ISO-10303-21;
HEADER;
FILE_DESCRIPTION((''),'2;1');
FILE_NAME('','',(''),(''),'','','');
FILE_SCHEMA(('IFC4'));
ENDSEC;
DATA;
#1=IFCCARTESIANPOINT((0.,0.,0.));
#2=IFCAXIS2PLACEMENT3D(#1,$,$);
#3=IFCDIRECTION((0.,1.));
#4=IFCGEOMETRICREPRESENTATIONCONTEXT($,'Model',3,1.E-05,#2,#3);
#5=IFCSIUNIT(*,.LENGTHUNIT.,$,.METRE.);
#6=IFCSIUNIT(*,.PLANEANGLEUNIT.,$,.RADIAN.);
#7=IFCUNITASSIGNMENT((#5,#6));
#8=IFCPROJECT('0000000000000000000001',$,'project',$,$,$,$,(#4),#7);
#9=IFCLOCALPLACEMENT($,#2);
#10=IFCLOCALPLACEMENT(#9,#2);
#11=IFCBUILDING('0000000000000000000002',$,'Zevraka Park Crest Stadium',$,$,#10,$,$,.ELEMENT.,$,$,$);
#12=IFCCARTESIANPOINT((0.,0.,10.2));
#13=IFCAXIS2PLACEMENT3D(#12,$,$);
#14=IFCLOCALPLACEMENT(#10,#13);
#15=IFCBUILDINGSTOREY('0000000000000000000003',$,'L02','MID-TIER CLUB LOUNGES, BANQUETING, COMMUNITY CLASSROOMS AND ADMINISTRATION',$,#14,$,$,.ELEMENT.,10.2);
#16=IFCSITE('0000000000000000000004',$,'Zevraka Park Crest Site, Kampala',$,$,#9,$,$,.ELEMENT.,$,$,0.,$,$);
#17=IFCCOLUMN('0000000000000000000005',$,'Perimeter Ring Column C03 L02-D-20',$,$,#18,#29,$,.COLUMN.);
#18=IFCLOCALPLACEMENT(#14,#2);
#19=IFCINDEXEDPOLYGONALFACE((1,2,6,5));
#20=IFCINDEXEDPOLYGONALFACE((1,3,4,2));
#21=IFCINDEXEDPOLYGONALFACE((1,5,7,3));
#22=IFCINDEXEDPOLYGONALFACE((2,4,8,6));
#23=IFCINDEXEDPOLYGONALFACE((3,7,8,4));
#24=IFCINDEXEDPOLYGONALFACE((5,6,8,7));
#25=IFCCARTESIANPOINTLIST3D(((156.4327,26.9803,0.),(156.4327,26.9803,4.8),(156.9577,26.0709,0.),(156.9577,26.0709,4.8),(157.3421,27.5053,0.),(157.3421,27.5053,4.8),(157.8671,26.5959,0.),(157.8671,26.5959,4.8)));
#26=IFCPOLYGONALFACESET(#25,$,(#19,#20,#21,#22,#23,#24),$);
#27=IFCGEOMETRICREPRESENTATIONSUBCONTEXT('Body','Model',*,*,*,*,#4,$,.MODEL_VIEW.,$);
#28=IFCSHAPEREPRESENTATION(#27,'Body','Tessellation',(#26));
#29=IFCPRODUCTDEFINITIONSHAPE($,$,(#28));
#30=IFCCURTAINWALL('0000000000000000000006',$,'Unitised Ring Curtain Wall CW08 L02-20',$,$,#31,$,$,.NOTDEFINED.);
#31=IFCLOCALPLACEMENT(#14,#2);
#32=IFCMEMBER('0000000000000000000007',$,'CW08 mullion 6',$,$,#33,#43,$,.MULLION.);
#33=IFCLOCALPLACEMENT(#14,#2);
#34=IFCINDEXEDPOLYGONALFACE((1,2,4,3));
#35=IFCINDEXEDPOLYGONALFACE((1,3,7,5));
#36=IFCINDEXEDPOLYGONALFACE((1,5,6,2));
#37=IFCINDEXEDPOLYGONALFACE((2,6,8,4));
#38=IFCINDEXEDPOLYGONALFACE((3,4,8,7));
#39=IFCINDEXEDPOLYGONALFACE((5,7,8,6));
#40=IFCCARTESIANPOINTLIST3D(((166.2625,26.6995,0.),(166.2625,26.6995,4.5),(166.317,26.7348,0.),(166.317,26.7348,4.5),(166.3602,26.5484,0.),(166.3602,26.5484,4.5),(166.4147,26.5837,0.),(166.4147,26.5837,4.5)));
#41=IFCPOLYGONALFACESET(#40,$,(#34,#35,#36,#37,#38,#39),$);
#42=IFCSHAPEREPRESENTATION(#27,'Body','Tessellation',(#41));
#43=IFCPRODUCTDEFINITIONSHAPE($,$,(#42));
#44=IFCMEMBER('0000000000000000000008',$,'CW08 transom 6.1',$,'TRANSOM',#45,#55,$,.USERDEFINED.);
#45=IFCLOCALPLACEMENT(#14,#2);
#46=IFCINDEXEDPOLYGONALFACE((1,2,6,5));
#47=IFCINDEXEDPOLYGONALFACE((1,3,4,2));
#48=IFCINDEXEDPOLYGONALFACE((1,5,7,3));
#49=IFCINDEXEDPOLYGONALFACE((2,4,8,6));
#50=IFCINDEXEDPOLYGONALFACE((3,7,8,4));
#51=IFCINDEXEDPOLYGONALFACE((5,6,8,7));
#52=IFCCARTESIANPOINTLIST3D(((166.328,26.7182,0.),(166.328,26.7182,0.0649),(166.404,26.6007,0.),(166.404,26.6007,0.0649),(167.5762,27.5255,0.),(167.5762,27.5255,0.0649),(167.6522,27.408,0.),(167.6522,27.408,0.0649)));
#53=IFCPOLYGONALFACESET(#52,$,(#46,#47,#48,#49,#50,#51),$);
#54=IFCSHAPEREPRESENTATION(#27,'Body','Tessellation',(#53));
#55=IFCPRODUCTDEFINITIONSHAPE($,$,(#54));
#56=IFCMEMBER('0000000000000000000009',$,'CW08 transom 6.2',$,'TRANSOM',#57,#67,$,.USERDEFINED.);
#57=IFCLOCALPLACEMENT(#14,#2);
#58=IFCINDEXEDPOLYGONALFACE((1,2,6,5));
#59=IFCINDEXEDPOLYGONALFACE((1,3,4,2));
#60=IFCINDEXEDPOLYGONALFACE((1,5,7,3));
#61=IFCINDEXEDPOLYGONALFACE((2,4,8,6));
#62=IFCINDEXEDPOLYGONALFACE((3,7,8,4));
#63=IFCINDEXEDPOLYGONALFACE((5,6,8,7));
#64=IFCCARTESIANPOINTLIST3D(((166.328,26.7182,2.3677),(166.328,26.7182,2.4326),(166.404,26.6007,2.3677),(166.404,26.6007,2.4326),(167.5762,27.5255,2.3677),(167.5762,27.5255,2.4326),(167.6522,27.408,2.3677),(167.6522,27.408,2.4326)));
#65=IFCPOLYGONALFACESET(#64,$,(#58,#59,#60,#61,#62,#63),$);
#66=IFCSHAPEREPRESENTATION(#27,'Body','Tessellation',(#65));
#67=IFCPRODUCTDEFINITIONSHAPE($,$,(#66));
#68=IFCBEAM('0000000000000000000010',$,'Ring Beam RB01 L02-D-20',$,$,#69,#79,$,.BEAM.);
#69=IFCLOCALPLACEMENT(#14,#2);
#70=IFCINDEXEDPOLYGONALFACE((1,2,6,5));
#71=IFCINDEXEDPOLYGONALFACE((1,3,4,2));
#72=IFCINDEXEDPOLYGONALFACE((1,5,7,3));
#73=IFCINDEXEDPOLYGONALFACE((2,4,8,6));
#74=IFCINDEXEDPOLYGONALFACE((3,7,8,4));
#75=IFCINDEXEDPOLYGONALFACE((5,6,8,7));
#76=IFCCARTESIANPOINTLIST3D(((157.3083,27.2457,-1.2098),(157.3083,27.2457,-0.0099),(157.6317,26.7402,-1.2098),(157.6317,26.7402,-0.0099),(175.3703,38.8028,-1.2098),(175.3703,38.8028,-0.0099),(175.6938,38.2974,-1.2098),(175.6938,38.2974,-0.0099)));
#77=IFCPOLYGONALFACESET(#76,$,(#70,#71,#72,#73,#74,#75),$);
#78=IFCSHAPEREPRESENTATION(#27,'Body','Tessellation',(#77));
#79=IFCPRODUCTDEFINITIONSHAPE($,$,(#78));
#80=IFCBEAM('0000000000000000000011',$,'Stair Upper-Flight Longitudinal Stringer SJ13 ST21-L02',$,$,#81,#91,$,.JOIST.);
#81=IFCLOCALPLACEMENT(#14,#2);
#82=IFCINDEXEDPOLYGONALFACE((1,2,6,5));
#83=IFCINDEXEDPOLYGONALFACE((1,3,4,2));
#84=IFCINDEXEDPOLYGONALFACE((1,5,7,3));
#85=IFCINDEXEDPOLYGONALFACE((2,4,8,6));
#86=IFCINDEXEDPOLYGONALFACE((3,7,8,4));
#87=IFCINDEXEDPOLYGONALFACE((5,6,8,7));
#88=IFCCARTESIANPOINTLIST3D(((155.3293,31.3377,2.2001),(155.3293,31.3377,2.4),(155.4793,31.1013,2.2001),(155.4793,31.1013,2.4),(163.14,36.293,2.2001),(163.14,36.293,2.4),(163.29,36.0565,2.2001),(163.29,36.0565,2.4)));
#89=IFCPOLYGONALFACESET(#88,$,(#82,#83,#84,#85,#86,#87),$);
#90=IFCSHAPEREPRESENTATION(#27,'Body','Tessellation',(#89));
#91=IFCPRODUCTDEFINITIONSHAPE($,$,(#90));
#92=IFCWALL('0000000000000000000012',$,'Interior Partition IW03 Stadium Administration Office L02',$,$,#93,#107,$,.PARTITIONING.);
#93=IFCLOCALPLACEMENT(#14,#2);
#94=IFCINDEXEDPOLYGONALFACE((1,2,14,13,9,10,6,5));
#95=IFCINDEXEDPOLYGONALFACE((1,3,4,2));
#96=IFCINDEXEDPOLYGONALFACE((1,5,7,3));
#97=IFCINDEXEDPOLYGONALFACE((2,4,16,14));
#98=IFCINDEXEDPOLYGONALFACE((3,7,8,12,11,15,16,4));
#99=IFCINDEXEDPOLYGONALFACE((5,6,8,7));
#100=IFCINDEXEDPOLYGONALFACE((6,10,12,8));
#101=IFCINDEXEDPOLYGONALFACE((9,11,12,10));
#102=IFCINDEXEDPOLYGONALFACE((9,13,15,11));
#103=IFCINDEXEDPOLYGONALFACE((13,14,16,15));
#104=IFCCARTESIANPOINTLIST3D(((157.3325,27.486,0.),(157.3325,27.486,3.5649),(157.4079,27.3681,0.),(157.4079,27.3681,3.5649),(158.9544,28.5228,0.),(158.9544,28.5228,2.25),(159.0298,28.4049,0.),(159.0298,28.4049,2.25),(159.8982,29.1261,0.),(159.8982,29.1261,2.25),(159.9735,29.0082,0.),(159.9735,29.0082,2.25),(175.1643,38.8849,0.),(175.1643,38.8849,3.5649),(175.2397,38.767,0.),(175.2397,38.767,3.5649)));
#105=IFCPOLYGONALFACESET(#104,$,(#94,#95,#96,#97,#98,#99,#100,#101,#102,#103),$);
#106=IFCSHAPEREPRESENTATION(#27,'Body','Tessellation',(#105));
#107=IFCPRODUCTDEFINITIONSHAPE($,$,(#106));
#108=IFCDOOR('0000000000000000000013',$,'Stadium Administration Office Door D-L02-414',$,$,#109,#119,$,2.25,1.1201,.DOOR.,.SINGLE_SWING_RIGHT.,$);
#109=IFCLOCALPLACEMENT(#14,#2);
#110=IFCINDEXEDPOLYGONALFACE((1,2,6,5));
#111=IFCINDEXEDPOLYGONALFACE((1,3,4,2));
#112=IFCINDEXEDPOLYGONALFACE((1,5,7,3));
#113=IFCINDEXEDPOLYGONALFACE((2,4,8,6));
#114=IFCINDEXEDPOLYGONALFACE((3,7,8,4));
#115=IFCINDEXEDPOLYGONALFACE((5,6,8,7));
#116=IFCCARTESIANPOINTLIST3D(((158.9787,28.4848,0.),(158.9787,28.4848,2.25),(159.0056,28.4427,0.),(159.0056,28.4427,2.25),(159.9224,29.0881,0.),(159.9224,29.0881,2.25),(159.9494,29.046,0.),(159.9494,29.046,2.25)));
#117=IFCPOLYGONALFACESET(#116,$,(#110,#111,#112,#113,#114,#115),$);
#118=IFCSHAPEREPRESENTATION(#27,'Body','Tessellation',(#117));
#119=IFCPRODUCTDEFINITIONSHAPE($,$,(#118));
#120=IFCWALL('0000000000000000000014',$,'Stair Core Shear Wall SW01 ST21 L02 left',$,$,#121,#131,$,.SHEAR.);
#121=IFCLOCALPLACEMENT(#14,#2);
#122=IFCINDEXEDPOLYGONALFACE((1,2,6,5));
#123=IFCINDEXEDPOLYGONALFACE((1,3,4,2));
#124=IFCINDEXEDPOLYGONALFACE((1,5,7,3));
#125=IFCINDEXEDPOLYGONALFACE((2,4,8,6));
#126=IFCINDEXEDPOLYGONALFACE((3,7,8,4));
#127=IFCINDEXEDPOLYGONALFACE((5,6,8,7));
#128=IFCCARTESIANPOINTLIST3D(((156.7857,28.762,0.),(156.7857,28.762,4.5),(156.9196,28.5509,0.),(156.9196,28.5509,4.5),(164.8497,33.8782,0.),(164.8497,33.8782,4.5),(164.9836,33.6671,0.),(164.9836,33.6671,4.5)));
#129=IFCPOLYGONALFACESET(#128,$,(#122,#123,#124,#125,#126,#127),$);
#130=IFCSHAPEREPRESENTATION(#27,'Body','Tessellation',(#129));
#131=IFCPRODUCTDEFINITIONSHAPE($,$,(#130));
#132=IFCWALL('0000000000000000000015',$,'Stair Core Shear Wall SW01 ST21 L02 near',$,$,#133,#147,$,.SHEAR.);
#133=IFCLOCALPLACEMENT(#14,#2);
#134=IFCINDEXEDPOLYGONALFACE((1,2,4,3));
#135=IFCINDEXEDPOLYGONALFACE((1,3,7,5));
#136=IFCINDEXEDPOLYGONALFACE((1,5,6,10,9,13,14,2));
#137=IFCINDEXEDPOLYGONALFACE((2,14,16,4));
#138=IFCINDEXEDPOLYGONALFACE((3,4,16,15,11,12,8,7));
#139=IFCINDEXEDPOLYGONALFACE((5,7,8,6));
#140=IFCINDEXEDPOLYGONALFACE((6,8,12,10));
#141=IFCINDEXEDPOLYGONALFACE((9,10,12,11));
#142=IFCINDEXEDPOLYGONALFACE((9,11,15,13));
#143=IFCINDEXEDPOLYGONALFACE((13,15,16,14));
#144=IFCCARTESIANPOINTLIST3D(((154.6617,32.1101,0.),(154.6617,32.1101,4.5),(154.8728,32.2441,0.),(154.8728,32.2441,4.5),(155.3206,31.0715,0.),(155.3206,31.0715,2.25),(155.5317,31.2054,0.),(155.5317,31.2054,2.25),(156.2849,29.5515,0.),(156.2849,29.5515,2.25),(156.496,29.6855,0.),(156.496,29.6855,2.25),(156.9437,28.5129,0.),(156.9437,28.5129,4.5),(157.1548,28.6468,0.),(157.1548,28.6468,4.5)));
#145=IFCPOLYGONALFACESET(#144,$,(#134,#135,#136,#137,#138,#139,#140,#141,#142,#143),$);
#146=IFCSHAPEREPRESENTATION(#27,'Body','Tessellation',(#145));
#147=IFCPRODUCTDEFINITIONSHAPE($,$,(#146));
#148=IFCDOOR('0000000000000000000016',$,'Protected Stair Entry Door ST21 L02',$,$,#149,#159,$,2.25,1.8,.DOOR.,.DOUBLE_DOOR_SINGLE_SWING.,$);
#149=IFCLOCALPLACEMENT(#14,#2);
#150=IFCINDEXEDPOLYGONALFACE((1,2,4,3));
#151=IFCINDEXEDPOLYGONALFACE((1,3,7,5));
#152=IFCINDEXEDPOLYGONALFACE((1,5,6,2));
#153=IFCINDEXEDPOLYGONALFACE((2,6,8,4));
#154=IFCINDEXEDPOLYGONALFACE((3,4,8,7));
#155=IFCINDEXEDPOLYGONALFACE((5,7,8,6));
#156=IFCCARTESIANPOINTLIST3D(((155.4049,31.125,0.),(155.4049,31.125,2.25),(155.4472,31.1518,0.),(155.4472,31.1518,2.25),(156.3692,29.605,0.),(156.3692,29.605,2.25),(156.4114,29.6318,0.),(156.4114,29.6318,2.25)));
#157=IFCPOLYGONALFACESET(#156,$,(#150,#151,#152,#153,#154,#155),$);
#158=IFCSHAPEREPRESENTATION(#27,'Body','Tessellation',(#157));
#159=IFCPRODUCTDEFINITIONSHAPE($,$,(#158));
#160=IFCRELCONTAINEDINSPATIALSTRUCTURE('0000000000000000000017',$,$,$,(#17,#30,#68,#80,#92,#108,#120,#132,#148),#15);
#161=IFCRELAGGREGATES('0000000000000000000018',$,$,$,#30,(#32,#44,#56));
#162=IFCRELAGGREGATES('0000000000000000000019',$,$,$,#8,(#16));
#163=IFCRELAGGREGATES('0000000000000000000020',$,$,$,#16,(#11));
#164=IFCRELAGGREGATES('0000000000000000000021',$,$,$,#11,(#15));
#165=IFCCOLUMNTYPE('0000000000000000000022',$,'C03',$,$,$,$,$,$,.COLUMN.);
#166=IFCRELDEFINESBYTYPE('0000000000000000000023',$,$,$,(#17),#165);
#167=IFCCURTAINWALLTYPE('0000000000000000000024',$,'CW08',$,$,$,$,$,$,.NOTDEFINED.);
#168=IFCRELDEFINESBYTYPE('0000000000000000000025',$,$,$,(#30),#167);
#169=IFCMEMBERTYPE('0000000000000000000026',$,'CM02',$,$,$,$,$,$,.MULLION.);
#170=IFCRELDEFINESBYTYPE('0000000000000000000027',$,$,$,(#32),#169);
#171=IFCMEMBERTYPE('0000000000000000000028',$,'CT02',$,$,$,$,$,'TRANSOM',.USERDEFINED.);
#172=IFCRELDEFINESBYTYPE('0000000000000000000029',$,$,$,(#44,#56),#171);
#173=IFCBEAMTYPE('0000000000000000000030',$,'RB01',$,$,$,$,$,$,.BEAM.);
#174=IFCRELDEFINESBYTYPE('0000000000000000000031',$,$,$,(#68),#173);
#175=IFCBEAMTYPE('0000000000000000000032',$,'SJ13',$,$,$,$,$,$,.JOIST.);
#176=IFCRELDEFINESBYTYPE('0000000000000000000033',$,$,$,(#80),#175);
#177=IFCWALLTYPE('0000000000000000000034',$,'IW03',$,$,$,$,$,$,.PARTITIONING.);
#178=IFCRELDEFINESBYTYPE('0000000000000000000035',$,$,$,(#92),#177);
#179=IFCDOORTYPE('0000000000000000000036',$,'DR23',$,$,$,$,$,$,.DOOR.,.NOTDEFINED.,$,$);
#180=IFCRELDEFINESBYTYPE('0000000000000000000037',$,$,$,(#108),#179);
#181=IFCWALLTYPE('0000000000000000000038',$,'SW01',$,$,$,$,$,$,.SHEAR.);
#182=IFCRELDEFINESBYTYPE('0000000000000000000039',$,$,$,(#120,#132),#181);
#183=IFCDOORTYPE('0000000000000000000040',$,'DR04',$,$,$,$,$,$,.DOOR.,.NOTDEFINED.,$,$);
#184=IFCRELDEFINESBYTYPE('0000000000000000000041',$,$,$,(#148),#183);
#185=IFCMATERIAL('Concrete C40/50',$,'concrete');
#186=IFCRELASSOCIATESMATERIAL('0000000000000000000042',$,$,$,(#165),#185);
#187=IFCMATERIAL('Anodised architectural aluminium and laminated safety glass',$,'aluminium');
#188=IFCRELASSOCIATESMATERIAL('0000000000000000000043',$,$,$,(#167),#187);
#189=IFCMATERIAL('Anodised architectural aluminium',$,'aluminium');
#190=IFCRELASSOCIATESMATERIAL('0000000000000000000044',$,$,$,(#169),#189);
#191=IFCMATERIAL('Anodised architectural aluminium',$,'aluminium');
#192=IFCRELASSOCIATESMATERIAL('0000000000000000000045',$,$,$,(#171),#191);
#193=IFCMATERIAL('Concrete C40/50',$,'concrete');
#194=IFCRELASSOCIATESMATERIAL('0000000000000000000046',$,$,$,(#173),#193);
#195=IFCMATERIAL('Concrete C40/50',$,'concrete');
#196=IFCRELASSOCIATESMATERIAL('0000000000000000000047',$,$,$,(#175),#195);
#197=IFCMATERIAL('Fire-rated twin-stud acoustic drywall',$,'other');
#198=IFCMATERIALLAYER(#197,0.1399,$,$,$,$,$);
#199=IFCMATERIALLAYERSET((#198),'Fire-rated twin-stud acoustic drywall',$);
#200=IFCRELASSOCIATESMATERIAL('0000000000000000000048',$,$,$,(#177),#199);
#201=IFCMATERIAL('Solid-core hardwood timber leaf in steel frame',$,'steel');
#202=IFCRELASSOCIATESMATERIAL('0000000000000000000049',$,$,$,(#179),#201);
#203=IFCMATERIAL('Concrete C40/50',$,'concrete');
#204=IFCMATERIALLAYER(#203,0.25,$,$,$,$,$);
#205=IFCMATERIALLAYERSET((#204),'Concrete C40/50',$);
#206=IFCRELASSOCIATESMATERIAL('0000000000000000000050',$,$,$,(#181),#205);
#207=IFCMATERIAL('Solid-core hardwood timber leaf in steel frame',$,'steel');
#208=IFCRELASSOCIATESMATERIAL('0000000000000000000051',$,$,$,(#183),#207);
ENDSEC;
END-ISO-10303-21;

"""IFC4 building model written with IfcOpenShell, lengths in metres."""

from ifc_helpers import new_model, si_unit, direction, frame, frame_2d, origin, origin_2d, place, context, subcontext, project, spatial, rectangle, extrude, material, layer, layer_set, material_profile, profile_set, type_object, element, fill, aggregate, save


model = new_model("IFC4")

# Units and contexts
model_context = context("Model", 3, precision=1e-05, world=origin(), true_north=direction((0.0, 1.0)))
body_context = subcontext(model_context, "Body", "Model", "MODEL_VIEW")
ifc_project = project(units=[si_unit("LENGTHUNIT", "METRE"), si_unit("PLANEANGLEUNIT", "RADIAN")], contexts=[model_context])

# Site, building, storey
site_placement = place(None, origin())
site = spatial("IfcSite", under=ifc_project, at=site_placement, Name="Zevraka Park Crest Site, Kampala", CompositionType="ELEMENT", RefElevation=0.0)
building_placement = place(site_placement, origin())
building = spatial("IfcBuilding", under=site, at=building_placement, Name="Zevraka Park Crest Stadium", CompositionType="ELEMENT")
storey_placement = place(building_placement, frame((0.0, 0.0, 10.2)))
storey = spatial("IfcBuildingStorey", under=building, at=storey_placement, Name="L02", Description="MID-TIER CLUB LOUNGES, BANQUETING, COMMUNITY CLASSROOMS AND ADMINISTRATION", CompositionType="ELEMENT", Elevation=10.2)

# Column
ifc_material_1 = material(Name="Concrete C40/50", Category="concrete")
ifc_material_profile_1 = material_profile(ifc_material_1, rectangle(XDim=1.05, YDim=1.05, at=origin_2d()), Name="RC 1050x1050")
ifc_profile_set_1 = profile_set([ifc_material_profile_1], Name="Concrete C40/50")
column_type = type_object("IfcColumnType", Name="C03", PredefinedType="COLUMN", material=ifc_profile_set_1)
column_placement = place(storey_placement, frame((157.1499, 26.7881, 0.0), z_axis=(0.0, 0.0, 1.0), x_axis=(-0.5, 0.866025, 0.0)))
element("IfcColumn", 1, at=column_placement, inside=storey, type_object=column_type, Name="Perimeter Ring Column C03 L02-D-20", PredefinedType="COLUMN", context=body_context, shape_type="SweptSolid", body=[
    extrude(rectangle(XDim=1.05, YDim=1.05, at=origin_2d()), origin(), (0.0, 0.0, 1.0), 4.8),
])

# Curtain wall, members
ifc_material_2 = material(Name="Anodised architectural aluminium and laminated safety glass", Category="aluminium")
curtain_wall_type = type_object("IfcCurtainWallType", Name="CW08", PredefinedType="NOTDEFINED", material=ifc_material_2)
curtain_wall_placement = place(storey_placement, origin())
curtain_wall = element("IfcCurtainWall", 2, at=curtain_wall_placement, inside=storey, type_object=curtain_wall_type, Name="Unitised Ring Curtain Wall CW08 L02-20", PredefinedType="NOTDEFINED")
ifc_material_3 = material(Name="Anodised architectural aluminium", Category="aluminium")
ifc_material_profile_2 = material_profile(ifc_material_3, rectangle(XDim=0.1799, YDim=0.0649, at=origin_2d()), Name="ALU MULLION 180x65")
ifc_profile_set_2 = profile_set([ifc_material_profile_2], Name="Anodised architectural aluminium")
member_type_1 = type_object("IfcMemberType", Name="CM02", PredefinedType="MULLION", material=ifc_profile_set_2)
member_1_placement = place(storey_placement, frame((166.3386, 26.6416, 0.0), z_axis=(0.0, 0.0, 1.0), x_axis=(-0.543096, 0.83967, 0.0)))
member_1 = element("IfcMember", 3, at=member_1_placement, type_object=member_type_1, Name="CW08 mullion 6", PredefinedType="MULLION", context=body_context, shape_type="SweptSolid", body=[
    extrude(rectangle(XDim=0.1799, YDim=0.0649, at=origin_2d()), origin(), (0.0, 0.0, 1.0), 4.5),
])
ifc_material_4 = material(Name="Anodised architectural aluminium", Category="aluminium")
ifc_material_profile_3 = material_profile(ifc_material_4, rectangle(XDim=0.1399, YDim=0.0649, at=origin_2d()), Name="ALU TRANSOM 140x65")
ifc_profile_set_3 = profile_set([ifc_material_profile_3], Name="Anodised architectural aluminium")
member_type_2 = type_object("IfcMemberType", Name="CT02", ElementType="TRANSOM", PredefinedType="USERDEFINED", material=ifc_profile_set_3)
member_2_placement = place(storey_placement, frame((166.366, 26.6594, 0.0325), z_axis=(0.839676, 0.543088, 0.0), x_axis=(-0.543088, 0.839676, 0.0)))
member_2 = element("IfcMember", 4, at=member_2_placement, type_object=member_type_2, Name="CW08 transom 6.1", ObjectType="TRANSOM", PredefinedType="USERDEFINED", context=body_context, shape_type="SweptSolid", body=[
    extrude(rectangle(XDim=0.1399, YDim=0.0649, at=origin_2d()), origin(), (0.0, 0.0, 1.0), 1.4866),
])
member_3_placement = place(storey_placement, frame((166.366, 26.6594, 2.4001), z_axis=(0.839676, 0.543088, 0.0), x_axis=(-0.543088, 0.839676, 0.0)))
member_3 = element("IfcMember", 5, at=member_3_placement, type_object=member_type_2, Name="CW08 transom 6.2", ObjectType="TRANSOM", PredefinedType="USERDEFINED", context=body_context, shape_type="SweptSolid", body=[
    extrude(rectangle(XDim=0.1399, YDim=0.0649, at=origin_2d()), origin(), (0.0, 0.0, 1.0), 1.4866),
])
aggregate(curtain_wall, [member_1, member_2, member_3])

# Beams
ifc_material_5 = material(Name="Concrete C40/50", Category="concrete")
ifc_material_profile_4 = material_profile(ifc_material_5, rectangle(XDim=0.6001, YDim=1.2, at=origin_2d()), Name="RC 1200x600")
ifc_profile_set_4 = profile_set([ifc_material_profile_4], Name="Concrete C40/50")
beam_type_1 = type_object("IfcBeamType", Name="RB01", PredefinedType="BEAM", material=ifc_profile_set_4)
beam_1_placement = place(storey_placement, frame((157.47, 26.9929, -0.6099), z_axis=(0.842326, 0.538969, 0.0), x_axis=(-0.538969, 0.842326, 0.0)))
element("IfcBeam", 6, at=beam_1_placement, inside=storey, type_object=beam_type_1, Name="Ring Beam RB01 L02-D-20", PredefinedType="BEAM", context=body_context, shape_type="SweptSolid", body=[
    extrude(rectangle(XDim=0.6001, YDim=1.2, at=origin_2d()), origin(), (0.0, 0.0, 1.0), 21.4431),
])
ifc_material_6 = material(Name="Concrete C40/50", Category="concrete")
ifc_material_profile_5 = material_profile(ifc_material_6, rectangle(XDim=0.28, YDim=0.2, at=origin_2d()), Name="RC 200x280")
ifc_profile_set_5 = profile_set([ifc_material_profile_5], Name="Concrete C40/50")
beam_type_2 = type_object("IfcBeamType", Name="SJ13", PredefinedType="JOIST", material=ifc_profile_set_5)
beam_2_placement = place(storey_placement, frame((155.4043, 31.2195, 2.3), z_axis=(0.844404, 0.535707, 0.0), x_axis=(-0.535707, 0.844404, 0.0)))
element("IfcBeam", 7, at=beam_2_placement, inside=storey, type_object=beam_type_2, Name="Stair Upper-Flight Longitudinal Stringer SJ13 ST21-L02", PredefinedType="JOIST", context=body_context, shape_type="SweptSolid", body=[
    extrude(rectangle(XDim=0.28, YDim=0.2, at=origin_2d()), origin(), (0.0, 0.0, 1.0), 9.25),
])

# Wall, opening, door
ifc_material_7 = material(Name="Fire-rated twin-stud acoustic drywall", Category="other")
ifc_layer_1 = layer(ifc_material_7, 0.1399)
ifc_layer_set_1 = layer_set([ifc_layer_1], Name="Fire-rated twin-stud acoustic drywall")
wall_type_1 = type_object("IfcWallType", Name="IW03", PredefinedType="PARTITIONING", material=ifc_layer_set_1)
wall_1_placement = place(storey_placement, frame((157.3701, 27.427, 0.0), z_axis=(0.0, 0.0, 1.0), x_axis=(0.842559, 0.538604, 0.0)))
wall_1 = element("IfcWall", 8, at=wall_1_placement, inside=storey, type_object=wall_type_1, Name="Interior Partition IW03 Stadium Administration Office L02", PredefinedType="PARTITIONING", context=body_context, shape_type="SweptSolid", body=[
    extrude(rectangle(XDim=21.1638, YDim=0.1399, at=frame_2d((10.582, 0.0))), origin(), (0.0, 0.0, 1.0), 3.5649),
])
opening_1_placement = place(wall_1_placement, frame((1.925, 0.0, 0.0)))
opening_1 = element("IfcOpeningElement", 9, at=opening_1_placement, cuts=wall_1, PredefinedType="OPENING", context=body_context, shape_type="SweptSolid", body=[
    extrude(rectangle(XDim=1.1201, YDim=2.25, at=frame_2d((0.5601, 1.125))), frame((0.0, 0.0798, 0.0), z_axis=(0.0, -1.0, 0.0), x_axis=(1.0, 0.0, 0.0)), (0.0, 0.0, 1.0), 0.1599),
])
ifc_material_8 = material(Name="Solid-core hardwood timber leaf in steel frame", Category="steel")
door_type_1 = type_object("IfcDoorType", Name="DR23", OperationType="NOTDEFINED", PredefinedType="DOOR", material=ifc_material_8)
door_1_placement = place(opening_1_placement, origin())
door_1 = element("IfcDoor", 10, at=door_1_placement, inside=storey, type_object=door_type_1, Name="Stadium Administration Office Door D-L02-414", OperationType="SINGLE_SWING_RIGHT", OverallHeight=2.25, OverallWidth=1.1201, PredefinedType="DOOR", context=body_context, shape_type="SweptSolid", body=[
    extrude(rectangle(XDim=1.1201, YDim=2.25, at=frame_2d((0.5601, 1.125))), frame((0.0, 0.0249, 0.0), z_axis=(0.0, -1.0, 0.0), x_axis=(1.0, 0.0, 0.0)), (0.0, 0.0, 1.0), 0.05),
])
fill(opening_1, door_1)

# Wall
ifc_material_9 = material(Name="Concrete C40/50", Category="concrete")
ifc_layer_2 = layer(ifc_material_9, 0.25)
ifc_layer_set_2 = layer_set([ifc_layer_2], Name="Concrete C40/50")
wall_type_2 = type_object("IfcWallType", Name="SW01", PredefinedType="SHEAR", material=ifc_layer_set_2)
wall_2_placement = place(storey_placement, frame((156.8528, 28.6565, 0.0), z_axis=(0.0, 0.0, 1.0), x_axis=(0.844391, 0.535727, 0.0)))
element("IfcWall", 11, at=wall_2_placement, inside=storey, type_object=wall_type_2, Name="Stair Core Shear Wall SW01 ST21 L02 left", PredefinedType="SHEAR", context=body_context, shape_type="SweptSolid", body=[
    extrude(rectangle(XDim=9.55, YDim=0.25, at=frame_2d((4.7749, 0.0))), origin(), (0.0, 0.0, 1.0), 4.5),
])

# Wall, opening, door
wall_3_placement = place(storey_placement, frame((154.7673, 32.177, 0.0), z_axis=(0.0, 0.0, 1.0), x_axis=(0.535685, -0.844418, 0.0)))
wall_3 = element("IfcWall", 12, at=wall_3_placement, inside=storey, type_object=wall_type_2, Name="Stair Core Shear Wall SW01 ST21 L02 near", PredefinedType="SHEAR", context=body_context, shape_type="SweptSolid", body=[
    extrude(rectangle(XDim=4.26, YDim=0.25, at=frame_2d((2.1299, 0.0))), origin(), (0.0, 0.0, 1.0), 4.5),
])
opening_2_placement = place(wall_3_placement, frame((1.23, 0.0, 0.0)))
opening_2 = element("IfcOpeningElement", 13, at=opening_2_placement, cuts=wall_3, PredefinedType="OPENING", context=body_context, shape_type="SweptSolid", body=[
    extrude(rectangle(XDim=1.8, YDim=2.25, at=frame_2d((0.8999, 1.125))), frame((0.0, 0.135, 0.0), z_axis=(0.0, -1.0, 0.0), x_axis=(1.0, 0.0, 0.0)), (0.0, 0.0, 1.0), 0.27),
])
ifc_material_10 = material(Name="Solid-core hardwood timber leaf in steel frame", Category="steel")
door_type_2 = type_object("IfcDoorType", Name="DR04", OperationType="NOTDEFINED", PredefinedType="DOOR", material=ifc_material_10)
door_2_placement = place(opening_2_placement, origin())
door_2 = element("IfcDoor", 14, at=door_2_placement, inside=storey, type_object=door_type_2, Name="Protected Stair Entry Door ST21 L02", OperationType="DOUBLE_DOOR_SINGLE_SWING", OverallHeight=2.25, OverallWidth=1.8, PredefinedType="DOOR", context=body_context, shape_type="SweptSolid", body=[
    extrude(rectangle(XDim=1.8, YDim=2.25, at=frame_2d((0.8999, 1.125))), frame((0.0, 0.0249, 0.0), z_axis=(0.0, -1.0, 0.0), x_axis=(1.0, 0.0, 0.0)), (0.0, 0.0, 1.0), 0.05),
])
fill(opening_2, door_2)

save(model, "model.ifc")
